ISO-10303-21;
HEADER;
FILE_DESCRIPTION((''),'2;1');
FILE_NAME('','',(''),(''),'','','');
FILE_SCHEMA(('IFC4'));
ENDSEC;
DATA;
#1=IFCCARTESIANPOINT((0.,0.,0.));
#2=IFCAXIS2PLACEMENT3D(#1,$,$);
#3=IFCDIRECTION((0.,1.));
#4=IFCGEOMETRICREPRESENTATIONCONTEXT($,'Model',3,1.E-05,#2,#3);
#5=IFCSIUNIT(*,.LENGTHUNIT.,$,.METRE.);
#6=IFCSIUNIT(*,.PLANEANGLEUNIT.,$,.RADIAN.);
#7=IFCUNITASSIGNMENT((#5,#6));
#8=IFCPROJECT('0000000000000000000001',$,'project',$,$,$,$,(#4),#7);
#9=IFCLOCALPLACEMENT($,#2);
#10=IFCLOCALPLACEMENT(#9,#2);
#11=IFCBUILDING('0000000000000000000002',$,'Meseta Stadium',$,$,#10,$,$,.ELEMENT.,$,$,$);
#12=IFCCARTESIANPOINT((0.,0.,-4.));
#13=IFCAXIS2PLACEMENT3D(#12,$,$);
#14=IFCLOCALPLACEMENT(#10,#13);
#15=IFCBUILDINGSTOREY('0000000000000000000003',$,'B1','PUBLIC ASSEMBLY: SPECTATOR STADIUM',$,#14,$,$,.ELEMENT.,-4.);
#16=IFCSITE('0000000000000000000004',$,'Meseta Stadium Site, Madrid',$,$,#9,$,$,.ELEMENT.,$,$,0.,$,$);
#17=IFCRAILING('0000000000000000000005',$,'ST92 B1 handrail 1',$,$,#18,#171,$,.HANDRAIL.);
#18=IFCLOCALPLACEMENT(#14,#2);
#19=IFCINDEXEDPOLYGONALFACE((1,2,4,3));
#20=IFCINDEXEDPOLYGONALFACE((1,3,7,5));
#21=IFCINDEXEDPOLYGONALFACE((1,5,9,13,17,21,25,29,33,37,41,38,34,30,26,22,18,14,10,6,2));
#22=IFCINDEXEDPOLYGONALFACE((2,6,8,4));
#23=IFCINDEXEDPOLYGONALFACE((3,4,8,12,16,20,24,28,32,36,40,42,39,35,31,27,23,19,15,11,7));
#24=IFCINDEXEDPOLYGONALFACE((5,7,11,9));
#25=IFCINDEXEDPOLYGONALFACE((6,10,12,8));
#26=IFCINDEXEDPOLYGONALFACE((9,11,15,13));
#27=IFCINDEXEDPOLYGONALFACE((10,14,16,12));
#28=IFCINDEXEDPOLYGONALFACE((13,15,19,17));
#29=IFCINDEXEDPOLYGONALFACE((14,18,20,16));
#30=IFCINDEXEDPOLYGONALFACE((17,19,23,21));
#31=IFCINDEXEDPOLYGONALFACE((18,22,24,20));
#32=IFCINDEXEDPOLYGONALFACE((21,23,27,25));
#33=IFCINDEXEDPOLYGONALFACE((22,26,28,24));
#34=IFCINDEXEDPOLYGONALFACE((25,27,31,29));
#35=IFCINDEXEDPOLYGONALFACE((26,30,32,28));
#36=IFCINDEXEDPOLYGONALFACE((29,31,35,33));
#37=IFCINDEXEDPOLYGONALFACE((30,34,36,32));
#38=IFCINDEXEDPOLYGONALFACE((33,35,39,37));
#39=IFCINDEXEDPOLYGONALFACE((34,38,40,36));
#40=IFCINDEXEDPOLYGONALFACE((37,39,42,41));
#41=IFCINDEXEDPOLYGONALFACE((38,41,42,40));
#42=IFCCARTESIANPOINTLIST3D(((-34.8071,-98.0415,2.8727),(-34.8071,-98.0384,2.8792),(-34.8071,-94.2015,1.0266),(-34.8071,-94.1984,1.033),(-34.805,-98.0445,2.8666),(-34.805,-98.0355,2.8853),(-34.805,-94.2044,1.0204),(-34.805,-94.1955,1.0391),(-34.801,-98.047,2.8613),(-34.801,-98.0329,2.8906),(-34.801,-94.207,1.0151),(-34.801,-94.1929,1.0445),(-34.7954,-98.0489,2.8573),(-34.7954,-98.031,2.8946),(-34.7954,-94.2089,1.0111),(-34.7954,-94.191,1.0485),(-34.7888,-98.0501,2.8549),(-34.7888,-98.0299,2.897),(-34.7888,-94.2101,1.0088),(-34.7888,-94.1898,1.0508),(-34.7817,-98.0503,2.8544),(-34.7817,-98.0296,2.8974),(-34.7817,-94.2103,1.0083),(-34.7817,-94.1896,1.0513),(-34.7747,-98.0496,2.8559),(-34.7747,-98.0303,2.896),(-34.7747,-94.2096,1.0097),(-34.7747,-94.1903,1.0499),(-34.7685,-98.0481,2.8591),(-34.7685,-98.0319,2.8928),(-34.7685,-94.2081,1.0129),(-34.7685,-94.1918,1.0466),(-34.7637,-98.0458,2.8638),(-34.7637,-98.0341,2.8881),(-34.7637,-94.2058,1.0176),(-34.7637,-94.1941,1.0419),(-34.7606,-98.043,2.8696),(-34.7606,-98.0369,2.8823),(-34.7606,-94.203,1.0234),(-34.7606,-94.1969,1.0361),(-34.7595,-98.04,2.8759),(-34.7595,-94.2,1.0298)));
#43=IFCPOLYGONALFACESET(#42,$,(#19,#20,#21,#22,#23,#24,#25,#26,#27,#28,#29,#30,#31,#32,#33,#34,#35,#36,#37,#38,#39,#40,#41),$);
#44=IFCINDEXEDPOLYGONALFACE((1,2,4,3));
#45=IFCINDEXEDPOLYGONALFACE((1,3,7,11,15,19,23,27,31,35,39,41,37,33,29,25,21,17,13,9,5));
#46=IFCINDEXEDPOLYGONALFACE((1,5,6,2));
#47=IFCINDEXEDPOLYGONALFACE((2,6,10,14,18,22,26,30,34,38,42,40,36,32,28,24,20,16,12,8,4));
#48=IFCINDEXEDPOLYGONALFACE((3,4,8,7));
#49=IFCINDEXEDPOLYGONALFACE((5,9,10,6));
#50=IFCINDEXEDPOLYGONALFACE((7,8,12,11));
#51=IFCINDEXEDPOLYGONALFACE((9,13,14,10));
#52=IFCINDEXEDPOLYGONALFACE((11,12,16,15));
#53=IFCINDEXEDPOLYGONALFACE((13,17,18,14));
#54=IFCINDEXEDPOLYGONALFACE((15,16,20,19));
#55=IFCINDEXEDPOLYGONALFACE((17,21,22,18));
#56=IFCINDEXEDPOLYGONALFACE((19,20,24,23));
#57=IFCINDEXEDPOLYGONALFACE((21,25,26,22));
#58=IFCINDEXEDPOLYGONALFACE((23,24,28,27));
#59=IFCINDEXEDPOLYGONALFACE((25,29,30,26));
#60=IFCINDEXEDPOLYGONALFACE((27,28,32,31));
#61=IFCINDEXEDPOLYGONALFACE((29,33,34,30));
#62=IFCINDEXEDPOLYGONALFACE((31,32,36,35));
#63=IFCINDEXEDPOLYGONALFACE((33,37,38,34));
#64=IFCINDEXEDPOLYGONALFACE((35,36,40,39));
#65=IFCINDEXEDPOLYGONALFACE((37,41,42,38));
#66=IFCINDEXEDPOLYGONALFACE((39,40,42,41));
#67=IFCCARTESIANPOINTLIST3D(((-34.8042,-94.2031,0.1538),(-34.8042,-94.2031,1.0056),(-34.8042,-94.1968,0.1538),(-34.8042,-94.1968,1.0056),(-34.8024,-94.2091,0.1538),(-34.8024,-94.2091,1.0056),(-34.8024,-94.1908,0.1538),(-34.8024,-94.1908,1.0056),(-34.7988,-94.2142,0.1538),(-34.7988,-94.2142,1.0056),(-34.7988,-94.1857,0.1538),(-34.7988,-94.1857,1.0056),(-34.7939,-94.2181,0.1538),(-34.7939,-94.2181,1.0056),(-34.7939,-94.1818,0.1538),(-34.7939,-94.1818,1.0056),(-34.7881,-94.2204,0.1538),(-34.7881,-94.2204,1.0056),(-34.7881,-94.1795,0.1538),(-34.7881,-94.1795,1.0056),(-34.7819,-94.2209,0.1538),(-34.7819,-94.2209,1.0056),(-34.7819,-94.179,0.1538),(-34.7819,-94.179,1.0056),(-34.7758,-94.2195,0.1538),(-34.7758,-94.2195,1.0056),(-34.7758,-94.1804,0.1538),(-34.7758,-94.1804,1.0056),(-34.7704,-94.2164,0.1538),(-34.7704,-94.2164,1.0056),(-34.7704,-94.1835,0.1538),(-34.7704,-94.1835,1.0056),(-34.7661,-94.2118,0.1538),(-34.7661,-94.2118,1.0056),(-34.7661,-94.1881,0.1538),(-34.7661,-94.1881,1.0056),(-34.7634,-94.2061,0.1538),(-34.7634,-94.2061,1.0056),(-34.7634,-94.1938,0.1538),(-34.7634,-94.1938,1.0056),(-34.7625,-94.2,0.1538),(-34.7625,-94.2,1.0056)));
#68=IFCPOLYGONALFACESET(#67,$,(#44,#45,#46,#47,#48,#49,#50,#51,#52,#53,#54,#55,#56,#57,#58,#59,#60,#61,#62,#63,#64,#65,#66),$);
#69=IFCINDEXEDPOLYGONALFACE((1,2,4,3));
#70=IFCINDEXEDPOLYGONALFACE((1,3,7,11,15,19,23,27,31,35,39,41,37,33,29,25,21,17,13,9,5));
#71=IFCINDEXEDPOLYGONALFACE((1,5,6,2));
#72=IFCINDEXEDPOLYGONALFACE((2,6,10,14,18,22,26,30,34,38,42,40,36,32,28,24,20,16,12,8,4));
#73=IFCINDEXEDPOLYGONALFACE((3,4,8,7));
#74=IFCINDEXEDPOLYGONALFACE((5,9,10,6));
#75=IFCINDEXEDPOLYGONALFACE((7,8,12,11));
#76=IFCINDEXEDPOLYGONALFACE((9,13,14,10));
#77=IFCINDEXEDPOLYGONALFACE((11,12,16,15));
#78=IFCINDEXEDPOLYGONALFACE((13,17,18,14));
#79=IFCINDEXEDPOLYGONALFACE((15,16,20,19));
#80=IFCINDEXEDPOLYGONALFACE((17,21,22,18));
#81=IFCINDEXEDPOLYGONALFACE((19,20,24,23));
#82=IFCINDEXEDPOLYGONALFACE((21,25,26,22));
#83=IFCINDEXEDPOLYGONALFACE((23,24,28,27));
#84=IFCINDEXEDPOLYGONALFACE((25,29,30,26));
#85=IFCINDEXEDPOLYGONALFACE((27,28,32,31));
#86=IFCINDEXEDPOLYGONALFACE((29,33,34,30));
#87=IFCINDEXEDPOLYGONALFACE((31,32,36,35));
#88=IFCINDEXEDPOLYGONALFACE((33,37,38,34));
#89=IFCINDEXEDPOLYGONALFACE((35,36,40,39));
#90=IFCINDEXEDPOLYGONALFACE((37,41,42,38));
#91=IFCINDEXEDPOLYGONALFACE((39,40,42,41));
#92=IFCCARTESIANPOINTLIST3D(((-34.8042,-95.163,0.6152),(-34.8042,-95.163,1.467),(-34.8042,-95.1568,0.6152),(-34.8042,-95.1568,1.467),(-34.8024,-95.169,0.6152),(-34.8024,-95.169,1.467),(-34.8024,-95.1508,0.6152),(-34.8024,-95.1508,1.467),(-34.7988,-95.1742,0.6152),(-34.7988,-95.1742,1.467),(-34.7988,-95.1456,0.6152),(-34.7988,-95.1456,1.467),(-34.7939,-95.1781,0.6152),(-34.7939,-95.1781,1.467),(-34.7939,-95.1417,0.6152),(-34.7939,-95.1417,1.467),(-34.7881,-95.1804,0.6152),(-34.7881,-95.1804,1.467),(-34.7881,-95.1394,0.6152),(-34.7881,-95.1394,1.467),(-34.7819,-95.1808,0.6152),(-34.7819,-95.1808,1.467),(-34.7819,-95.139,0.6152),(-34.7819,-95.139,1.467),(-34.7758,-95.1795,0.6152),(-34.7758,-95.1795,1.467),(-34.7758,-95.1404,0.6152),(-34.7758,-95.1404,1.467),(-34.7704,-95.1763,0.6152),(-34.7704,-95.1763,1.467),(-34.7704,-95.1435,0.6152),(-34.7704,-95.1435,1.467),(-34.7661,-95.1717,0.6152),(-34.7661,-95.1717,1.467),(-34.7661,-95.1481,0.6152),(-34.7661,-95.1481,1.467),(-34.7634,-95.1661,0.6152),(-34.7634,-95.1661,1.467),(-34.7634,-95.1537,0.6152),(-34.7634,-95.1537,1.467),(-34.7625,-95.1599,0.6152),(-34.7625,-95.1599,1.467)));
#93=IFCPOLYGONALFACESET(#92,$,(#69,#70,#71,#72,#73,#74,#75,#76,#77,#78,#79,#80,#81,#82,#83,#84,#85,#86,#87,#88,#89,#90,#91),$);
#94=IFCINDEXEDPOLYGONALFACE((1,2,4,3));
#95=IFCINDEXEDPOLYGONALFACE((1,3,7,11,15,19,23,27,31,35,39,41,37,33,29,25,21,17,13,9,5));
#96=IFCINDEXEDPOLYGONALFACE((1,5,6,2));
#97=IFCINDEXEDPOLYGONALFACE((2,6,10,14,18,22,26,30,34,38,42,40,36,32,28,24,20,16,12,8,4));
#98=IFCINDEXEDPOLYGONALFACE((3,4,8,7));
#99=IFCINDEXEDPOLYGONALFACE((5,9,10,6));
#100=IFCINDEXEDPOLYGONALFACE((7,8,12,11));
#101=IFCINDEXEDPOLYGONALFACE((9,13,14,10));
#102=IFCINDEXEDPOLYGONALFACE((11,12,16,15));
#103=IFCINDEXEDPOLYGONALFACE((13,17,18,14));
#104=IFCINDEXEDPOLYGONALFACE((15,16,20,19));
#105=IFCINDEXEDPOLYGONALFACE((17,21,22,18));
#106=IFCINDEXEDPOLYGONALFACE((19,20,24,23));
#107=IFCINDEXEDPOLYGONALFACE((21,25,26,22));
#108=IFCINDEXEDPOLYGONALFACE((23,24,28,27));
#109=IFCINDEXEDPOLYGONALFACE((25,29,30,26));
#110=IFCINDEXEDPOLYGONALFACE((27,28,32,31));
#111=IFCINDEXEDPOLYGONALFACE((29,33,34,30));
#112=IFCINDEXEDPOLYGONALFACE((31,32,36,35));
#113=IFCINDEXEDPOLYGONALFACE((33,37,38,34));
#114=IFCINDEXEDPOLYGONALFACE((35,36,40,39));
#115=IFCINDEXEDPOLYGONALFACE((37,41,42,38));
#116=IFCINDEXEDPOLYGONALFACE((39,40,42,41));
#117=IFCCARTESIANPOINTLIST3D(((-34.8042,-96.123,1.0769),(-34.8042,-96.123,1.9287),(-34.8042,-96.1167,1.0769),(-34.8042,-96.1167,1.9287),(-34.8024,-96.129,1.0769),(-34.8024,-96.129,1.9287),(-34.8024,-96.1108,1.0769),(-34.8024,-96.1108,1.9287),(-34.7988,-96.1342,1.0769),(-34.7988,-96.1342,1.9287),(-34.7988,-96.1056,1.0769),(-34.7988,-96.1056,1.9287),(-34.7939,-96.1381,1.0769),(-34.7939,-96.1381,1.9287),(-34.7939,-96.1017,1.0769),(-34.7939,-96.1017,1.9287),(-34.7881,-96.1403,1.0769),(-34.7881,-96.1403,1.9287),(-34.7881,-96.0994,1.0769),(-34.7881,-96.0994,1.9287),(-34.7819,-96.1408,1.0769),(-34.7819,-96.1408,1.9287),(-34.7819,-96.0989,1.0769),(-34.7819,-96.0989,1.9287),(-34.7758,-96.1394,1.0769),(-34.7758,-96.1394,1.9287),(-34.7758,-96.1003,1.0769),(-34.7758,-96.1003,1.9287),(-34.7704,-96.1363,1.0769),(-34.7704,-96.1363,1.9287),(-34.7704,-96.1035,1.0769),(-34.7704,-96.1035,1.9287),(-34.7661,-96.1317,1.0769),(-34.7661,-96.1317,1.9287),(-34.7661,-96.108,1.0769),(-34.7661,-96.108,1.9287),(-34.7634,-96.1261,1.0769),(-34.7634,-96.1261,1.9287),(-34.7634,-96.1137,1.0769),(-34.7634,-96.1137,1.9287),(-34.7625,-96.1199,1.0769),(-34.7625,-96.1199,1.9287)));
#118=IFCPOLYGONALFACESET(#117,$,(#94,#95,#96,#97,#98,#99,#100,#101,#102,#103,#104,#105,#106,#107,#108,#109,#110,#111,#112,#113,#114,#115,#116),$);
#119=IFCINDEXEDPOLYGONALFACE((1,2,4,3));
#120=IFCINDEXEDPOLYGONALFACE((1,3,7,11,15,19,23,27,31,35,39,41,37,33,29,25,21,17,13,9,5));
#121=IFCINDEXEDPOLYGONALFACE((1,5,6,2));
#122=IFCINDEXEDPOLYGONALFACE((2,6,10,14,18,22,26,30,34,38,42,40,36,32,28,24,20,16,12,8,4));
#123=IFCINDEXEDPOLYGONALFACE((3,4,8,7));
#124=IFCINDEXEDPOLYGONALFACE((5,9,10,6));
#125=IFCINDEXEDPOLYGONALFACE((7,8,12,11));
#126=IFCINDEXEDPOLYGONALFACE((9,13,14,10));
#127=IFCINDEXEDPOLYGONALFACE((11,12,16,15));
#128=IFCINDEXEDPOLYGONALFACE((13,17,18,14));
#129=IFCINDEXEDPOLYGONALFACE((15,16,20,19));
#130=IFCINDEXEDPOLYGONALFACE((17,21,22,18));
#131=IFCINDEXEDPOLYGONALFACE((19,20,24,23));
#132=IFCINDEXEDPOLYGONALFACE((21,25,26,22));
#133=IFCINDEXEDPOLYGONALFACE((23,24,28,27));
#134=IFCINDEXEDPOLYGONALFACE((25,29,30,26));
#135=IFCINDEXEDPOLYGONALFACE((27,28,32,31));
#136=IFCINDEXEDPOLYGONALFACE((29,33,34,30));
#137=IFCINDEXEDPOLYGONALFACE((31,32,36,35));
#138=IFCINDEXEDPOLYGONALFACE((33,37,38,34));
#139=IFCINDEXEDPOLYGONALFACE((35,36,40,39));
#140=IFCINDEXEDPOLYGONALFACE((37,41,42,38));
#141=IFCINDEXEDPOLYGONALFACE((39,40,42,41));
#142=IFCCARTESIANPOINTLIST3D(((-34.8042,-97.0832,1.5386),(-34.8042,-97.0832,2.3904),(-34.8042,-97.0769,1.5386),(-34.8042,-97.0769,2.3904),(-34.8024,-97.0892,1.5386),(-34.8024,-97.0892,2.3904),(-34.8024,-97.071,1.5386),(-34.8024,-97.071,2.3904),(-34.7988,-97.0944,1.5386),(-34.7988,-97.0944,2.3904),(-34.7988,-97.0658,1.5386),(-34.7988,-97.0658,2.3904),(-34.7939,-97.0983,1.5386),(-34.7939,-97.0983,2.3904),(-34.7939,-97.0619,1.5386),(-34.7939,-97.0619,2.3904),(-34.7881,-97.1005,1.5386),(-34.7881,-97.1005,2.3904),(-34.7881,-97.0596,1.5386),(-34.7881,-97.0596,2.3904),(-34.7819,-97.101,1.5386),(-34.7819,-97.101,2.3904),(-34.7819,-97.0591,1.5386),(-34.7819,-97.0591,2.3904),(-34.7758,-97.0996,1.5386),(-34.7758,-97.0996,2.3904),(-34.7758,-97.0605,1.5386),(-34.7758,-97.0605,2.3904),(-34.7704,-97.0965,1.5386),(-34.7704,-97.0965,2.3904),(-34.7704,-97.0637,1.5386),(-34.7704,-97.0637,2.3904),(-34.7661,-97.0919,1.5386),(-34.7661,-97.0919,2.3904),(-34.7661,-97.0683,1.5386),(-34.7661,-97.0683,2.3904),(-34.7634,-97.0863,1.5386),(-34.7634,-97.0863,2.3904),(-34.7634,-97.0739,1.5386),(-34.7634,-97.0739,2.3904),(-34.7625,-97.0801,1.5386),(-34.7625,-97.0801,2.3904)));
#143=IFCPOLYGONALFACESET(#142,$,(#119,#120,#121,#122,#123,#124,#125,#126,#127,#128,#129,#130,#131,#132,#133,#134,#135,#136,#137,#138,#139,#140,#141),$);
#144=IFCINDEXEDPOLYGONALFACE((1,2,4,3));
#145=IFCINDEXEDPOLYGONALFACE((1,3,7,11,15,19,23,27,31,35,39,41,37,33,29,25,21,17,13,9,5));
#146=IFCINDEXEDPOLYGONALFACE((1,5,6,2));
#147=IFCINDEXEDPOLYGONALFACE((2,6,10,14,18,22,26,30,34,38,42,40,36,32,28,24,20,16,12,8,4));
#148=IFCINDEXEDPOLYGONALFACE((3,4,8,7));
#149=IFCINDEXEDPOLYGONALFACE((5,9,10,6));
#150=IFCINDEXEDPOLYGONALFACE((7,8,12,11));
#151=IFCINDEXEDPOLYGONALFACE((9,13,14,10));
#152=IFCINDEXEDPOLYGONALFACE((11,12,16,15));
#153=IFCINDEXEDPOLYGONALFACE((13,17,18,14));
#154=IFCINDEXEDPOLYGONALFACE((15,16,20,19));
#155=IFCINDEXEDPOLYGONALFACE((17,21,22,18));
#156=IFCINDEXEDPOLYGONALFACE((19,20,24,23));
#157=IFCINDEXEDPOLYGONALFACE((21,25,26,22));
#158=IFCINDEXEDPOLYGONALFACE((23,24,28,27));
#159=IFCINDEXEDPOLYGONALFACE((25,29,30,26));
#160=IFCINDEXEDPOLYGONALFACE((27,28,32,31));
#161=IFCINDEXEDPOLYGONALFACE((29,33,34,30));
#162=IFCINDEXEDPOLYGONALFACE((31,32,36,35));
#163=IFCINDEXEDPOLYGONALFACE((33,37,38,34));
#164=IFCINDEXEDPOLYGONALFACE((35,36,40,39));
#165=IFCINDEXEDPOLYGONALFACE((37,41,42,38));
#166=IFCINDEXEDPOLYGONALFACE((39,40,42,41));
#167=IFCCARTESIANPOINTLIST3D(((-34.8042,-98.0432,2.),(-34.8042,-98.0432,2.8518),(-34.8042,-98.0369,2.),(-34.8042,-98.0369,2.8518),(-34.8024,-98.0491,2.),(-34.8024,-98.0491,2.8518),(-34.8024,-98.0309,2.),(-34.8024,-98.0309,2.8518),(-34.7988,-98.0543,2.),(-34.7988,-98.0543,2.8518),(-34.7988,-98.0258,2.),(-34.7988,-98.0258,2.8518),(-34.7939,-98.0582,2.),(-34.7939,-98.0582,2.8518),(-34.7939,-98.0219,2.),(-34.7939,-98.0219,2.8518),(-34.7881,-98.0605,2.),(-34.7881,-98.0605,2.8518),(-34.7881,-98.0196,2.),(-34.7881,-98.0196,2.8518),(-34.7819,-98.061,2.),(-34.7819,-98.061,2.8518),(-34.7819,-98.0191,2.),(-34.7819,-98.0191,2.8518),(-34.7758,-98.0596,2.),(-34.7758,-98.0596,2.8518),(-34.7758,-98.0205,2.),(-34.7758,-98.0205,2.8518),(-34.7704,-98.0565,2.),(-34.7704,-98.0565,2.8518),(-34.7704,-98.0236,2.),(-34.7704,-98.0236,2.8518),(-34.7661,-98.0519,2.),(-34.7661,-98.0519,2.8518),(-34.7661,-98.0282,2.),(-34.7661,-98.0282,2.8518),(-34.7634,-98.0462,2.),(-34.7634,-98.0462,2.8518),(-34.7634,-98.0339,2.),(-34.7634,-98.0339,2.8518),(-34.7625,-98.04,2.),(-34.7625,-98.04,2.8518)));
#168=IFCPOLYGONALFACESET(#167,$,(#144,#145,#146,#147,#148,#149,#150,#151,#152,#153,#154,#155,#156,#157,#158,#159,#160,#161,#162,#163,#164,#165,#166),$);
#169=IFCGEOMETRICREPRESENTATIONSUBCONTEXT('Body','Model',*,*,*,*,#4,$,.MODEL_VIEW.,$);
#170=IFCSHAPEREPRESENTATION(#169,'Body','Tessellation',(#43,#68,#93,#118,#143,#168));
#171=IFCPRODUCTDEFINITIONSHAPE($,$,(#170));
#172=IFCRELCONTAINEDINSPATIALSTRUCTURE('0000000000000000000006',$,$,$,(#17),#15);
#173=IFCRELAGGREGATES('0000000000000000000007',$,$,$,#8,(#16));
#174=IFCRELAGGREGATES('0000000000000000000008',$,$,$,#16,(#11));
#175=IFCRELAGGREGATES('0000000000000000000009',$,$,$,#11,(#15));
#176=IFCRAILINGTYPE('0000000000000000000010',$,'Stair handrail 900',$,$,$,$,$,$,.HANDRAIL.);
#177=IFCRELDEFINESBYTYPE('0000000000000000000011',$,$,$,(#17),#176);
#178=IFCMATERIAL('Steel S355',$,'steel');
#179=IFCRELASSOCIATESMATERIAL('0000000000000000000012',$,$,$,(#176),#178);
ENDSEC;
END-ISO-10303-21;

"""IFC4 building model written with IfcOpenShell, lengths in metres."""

from ifc_helpers import new_model, si_unit, direction, frame, origin, origin_2d, place, context, subcontext, project, spatial, circle, extrude, material, type_object, element, save


model = new_model("IFC4")

# Units and contexts
model_context = context("Model", 3, precision=1e-05, world=origin(), true_north=direction((0.0, 1.0)))
body_context = subcontext(model_context, "Body", "Model", "MODEL_VIEW")
ifc_project = project(units=[si_unit("LENGTHUNIT", "METRE"), si_unit("PLANEANGLEUNIT", "RADIAN")], contexts=[model_context])

# Site, building, storey
site_placement = place(None, origin())
site = spatial("IfcSite", under=ifc_project, at=site_placement, Name="Meseta Stadium Site, Madrid", CompositionType="ELEMENT", RefElevation=0.0)
building_placement = place(site_placement, origin())
building = spatial("IfcBuilding", under=site, at=building_placement, Name="Meseta Stadium", CompositionType="ELEMENT")
storey_placement = place(building_placement, frame((0.0, 0.0, -4.0)))
storey = spatial("IfcBuildingStorey", under=building, at=storey_placement, Name="B1", Description="PUBLIC ASSEMBLY: SPECTATOR STADIUM", CompositionType="ELEMENT", Elevation=-4.0)

# Railing
ifc_material_1 = material(Name="Steel S355", Category="steel")
railing_type_1 = type_object("IfcRailingType", Name="Stair handrail 900", PredefinedType="HANDRAIL", material=ifc_material_1)
for number, where, name in (
    (1, (-34.7834, -94.2, 0.1538), "ST92 B1 handrail 1"),
):
    element("IfcRailing", number, at=place(storey_placement, frame(where)), inside=storey, type_object=railing_type_1, Name=name, PredefinedType="HANDRAIL", context=body_context, shape_type="SweptSolid", body=[
        extrude(circle(Radius=0.0239, at=origin_2d()), frame((0.0, 0.0, 0.876), z_axis=(0.0, -0.901253, 0.433294), x_axis=(1.0, 0.0, 0.0)), (0.0, 0.0, 1.0), 4.2607),
        extrude(circle(Radius=0.021, at=origin_2d()), origin(), (0.0, 0.0, 1.0), 0.8518),
        extrude(circle(Radius=0.021, at=origin_2d()), frame((0.0, -0.96, 0.4614)), (0.0, 0.0, 1.0), 0.8518),
        extrude(circle(Radius=0.021, at=origin_2d()), frame((0.0, -1.9199, 0.9231)), (0.0, 0.0, 1.0), 0.8518),
        extrude(circle(Radius=0.021, at=origin_2d()), frame((0.0, -2.8801, 1.3848)), (0.0, 0.0, 1.0), 0.8518),
        extrude(circle(Radius=0.021, at=origin_2d()), frame((0.0, -3.8401, 1.8462)), (0.0, 0.0, 1.0), 0.8518),
    ])

save(model, "model.ifc")
